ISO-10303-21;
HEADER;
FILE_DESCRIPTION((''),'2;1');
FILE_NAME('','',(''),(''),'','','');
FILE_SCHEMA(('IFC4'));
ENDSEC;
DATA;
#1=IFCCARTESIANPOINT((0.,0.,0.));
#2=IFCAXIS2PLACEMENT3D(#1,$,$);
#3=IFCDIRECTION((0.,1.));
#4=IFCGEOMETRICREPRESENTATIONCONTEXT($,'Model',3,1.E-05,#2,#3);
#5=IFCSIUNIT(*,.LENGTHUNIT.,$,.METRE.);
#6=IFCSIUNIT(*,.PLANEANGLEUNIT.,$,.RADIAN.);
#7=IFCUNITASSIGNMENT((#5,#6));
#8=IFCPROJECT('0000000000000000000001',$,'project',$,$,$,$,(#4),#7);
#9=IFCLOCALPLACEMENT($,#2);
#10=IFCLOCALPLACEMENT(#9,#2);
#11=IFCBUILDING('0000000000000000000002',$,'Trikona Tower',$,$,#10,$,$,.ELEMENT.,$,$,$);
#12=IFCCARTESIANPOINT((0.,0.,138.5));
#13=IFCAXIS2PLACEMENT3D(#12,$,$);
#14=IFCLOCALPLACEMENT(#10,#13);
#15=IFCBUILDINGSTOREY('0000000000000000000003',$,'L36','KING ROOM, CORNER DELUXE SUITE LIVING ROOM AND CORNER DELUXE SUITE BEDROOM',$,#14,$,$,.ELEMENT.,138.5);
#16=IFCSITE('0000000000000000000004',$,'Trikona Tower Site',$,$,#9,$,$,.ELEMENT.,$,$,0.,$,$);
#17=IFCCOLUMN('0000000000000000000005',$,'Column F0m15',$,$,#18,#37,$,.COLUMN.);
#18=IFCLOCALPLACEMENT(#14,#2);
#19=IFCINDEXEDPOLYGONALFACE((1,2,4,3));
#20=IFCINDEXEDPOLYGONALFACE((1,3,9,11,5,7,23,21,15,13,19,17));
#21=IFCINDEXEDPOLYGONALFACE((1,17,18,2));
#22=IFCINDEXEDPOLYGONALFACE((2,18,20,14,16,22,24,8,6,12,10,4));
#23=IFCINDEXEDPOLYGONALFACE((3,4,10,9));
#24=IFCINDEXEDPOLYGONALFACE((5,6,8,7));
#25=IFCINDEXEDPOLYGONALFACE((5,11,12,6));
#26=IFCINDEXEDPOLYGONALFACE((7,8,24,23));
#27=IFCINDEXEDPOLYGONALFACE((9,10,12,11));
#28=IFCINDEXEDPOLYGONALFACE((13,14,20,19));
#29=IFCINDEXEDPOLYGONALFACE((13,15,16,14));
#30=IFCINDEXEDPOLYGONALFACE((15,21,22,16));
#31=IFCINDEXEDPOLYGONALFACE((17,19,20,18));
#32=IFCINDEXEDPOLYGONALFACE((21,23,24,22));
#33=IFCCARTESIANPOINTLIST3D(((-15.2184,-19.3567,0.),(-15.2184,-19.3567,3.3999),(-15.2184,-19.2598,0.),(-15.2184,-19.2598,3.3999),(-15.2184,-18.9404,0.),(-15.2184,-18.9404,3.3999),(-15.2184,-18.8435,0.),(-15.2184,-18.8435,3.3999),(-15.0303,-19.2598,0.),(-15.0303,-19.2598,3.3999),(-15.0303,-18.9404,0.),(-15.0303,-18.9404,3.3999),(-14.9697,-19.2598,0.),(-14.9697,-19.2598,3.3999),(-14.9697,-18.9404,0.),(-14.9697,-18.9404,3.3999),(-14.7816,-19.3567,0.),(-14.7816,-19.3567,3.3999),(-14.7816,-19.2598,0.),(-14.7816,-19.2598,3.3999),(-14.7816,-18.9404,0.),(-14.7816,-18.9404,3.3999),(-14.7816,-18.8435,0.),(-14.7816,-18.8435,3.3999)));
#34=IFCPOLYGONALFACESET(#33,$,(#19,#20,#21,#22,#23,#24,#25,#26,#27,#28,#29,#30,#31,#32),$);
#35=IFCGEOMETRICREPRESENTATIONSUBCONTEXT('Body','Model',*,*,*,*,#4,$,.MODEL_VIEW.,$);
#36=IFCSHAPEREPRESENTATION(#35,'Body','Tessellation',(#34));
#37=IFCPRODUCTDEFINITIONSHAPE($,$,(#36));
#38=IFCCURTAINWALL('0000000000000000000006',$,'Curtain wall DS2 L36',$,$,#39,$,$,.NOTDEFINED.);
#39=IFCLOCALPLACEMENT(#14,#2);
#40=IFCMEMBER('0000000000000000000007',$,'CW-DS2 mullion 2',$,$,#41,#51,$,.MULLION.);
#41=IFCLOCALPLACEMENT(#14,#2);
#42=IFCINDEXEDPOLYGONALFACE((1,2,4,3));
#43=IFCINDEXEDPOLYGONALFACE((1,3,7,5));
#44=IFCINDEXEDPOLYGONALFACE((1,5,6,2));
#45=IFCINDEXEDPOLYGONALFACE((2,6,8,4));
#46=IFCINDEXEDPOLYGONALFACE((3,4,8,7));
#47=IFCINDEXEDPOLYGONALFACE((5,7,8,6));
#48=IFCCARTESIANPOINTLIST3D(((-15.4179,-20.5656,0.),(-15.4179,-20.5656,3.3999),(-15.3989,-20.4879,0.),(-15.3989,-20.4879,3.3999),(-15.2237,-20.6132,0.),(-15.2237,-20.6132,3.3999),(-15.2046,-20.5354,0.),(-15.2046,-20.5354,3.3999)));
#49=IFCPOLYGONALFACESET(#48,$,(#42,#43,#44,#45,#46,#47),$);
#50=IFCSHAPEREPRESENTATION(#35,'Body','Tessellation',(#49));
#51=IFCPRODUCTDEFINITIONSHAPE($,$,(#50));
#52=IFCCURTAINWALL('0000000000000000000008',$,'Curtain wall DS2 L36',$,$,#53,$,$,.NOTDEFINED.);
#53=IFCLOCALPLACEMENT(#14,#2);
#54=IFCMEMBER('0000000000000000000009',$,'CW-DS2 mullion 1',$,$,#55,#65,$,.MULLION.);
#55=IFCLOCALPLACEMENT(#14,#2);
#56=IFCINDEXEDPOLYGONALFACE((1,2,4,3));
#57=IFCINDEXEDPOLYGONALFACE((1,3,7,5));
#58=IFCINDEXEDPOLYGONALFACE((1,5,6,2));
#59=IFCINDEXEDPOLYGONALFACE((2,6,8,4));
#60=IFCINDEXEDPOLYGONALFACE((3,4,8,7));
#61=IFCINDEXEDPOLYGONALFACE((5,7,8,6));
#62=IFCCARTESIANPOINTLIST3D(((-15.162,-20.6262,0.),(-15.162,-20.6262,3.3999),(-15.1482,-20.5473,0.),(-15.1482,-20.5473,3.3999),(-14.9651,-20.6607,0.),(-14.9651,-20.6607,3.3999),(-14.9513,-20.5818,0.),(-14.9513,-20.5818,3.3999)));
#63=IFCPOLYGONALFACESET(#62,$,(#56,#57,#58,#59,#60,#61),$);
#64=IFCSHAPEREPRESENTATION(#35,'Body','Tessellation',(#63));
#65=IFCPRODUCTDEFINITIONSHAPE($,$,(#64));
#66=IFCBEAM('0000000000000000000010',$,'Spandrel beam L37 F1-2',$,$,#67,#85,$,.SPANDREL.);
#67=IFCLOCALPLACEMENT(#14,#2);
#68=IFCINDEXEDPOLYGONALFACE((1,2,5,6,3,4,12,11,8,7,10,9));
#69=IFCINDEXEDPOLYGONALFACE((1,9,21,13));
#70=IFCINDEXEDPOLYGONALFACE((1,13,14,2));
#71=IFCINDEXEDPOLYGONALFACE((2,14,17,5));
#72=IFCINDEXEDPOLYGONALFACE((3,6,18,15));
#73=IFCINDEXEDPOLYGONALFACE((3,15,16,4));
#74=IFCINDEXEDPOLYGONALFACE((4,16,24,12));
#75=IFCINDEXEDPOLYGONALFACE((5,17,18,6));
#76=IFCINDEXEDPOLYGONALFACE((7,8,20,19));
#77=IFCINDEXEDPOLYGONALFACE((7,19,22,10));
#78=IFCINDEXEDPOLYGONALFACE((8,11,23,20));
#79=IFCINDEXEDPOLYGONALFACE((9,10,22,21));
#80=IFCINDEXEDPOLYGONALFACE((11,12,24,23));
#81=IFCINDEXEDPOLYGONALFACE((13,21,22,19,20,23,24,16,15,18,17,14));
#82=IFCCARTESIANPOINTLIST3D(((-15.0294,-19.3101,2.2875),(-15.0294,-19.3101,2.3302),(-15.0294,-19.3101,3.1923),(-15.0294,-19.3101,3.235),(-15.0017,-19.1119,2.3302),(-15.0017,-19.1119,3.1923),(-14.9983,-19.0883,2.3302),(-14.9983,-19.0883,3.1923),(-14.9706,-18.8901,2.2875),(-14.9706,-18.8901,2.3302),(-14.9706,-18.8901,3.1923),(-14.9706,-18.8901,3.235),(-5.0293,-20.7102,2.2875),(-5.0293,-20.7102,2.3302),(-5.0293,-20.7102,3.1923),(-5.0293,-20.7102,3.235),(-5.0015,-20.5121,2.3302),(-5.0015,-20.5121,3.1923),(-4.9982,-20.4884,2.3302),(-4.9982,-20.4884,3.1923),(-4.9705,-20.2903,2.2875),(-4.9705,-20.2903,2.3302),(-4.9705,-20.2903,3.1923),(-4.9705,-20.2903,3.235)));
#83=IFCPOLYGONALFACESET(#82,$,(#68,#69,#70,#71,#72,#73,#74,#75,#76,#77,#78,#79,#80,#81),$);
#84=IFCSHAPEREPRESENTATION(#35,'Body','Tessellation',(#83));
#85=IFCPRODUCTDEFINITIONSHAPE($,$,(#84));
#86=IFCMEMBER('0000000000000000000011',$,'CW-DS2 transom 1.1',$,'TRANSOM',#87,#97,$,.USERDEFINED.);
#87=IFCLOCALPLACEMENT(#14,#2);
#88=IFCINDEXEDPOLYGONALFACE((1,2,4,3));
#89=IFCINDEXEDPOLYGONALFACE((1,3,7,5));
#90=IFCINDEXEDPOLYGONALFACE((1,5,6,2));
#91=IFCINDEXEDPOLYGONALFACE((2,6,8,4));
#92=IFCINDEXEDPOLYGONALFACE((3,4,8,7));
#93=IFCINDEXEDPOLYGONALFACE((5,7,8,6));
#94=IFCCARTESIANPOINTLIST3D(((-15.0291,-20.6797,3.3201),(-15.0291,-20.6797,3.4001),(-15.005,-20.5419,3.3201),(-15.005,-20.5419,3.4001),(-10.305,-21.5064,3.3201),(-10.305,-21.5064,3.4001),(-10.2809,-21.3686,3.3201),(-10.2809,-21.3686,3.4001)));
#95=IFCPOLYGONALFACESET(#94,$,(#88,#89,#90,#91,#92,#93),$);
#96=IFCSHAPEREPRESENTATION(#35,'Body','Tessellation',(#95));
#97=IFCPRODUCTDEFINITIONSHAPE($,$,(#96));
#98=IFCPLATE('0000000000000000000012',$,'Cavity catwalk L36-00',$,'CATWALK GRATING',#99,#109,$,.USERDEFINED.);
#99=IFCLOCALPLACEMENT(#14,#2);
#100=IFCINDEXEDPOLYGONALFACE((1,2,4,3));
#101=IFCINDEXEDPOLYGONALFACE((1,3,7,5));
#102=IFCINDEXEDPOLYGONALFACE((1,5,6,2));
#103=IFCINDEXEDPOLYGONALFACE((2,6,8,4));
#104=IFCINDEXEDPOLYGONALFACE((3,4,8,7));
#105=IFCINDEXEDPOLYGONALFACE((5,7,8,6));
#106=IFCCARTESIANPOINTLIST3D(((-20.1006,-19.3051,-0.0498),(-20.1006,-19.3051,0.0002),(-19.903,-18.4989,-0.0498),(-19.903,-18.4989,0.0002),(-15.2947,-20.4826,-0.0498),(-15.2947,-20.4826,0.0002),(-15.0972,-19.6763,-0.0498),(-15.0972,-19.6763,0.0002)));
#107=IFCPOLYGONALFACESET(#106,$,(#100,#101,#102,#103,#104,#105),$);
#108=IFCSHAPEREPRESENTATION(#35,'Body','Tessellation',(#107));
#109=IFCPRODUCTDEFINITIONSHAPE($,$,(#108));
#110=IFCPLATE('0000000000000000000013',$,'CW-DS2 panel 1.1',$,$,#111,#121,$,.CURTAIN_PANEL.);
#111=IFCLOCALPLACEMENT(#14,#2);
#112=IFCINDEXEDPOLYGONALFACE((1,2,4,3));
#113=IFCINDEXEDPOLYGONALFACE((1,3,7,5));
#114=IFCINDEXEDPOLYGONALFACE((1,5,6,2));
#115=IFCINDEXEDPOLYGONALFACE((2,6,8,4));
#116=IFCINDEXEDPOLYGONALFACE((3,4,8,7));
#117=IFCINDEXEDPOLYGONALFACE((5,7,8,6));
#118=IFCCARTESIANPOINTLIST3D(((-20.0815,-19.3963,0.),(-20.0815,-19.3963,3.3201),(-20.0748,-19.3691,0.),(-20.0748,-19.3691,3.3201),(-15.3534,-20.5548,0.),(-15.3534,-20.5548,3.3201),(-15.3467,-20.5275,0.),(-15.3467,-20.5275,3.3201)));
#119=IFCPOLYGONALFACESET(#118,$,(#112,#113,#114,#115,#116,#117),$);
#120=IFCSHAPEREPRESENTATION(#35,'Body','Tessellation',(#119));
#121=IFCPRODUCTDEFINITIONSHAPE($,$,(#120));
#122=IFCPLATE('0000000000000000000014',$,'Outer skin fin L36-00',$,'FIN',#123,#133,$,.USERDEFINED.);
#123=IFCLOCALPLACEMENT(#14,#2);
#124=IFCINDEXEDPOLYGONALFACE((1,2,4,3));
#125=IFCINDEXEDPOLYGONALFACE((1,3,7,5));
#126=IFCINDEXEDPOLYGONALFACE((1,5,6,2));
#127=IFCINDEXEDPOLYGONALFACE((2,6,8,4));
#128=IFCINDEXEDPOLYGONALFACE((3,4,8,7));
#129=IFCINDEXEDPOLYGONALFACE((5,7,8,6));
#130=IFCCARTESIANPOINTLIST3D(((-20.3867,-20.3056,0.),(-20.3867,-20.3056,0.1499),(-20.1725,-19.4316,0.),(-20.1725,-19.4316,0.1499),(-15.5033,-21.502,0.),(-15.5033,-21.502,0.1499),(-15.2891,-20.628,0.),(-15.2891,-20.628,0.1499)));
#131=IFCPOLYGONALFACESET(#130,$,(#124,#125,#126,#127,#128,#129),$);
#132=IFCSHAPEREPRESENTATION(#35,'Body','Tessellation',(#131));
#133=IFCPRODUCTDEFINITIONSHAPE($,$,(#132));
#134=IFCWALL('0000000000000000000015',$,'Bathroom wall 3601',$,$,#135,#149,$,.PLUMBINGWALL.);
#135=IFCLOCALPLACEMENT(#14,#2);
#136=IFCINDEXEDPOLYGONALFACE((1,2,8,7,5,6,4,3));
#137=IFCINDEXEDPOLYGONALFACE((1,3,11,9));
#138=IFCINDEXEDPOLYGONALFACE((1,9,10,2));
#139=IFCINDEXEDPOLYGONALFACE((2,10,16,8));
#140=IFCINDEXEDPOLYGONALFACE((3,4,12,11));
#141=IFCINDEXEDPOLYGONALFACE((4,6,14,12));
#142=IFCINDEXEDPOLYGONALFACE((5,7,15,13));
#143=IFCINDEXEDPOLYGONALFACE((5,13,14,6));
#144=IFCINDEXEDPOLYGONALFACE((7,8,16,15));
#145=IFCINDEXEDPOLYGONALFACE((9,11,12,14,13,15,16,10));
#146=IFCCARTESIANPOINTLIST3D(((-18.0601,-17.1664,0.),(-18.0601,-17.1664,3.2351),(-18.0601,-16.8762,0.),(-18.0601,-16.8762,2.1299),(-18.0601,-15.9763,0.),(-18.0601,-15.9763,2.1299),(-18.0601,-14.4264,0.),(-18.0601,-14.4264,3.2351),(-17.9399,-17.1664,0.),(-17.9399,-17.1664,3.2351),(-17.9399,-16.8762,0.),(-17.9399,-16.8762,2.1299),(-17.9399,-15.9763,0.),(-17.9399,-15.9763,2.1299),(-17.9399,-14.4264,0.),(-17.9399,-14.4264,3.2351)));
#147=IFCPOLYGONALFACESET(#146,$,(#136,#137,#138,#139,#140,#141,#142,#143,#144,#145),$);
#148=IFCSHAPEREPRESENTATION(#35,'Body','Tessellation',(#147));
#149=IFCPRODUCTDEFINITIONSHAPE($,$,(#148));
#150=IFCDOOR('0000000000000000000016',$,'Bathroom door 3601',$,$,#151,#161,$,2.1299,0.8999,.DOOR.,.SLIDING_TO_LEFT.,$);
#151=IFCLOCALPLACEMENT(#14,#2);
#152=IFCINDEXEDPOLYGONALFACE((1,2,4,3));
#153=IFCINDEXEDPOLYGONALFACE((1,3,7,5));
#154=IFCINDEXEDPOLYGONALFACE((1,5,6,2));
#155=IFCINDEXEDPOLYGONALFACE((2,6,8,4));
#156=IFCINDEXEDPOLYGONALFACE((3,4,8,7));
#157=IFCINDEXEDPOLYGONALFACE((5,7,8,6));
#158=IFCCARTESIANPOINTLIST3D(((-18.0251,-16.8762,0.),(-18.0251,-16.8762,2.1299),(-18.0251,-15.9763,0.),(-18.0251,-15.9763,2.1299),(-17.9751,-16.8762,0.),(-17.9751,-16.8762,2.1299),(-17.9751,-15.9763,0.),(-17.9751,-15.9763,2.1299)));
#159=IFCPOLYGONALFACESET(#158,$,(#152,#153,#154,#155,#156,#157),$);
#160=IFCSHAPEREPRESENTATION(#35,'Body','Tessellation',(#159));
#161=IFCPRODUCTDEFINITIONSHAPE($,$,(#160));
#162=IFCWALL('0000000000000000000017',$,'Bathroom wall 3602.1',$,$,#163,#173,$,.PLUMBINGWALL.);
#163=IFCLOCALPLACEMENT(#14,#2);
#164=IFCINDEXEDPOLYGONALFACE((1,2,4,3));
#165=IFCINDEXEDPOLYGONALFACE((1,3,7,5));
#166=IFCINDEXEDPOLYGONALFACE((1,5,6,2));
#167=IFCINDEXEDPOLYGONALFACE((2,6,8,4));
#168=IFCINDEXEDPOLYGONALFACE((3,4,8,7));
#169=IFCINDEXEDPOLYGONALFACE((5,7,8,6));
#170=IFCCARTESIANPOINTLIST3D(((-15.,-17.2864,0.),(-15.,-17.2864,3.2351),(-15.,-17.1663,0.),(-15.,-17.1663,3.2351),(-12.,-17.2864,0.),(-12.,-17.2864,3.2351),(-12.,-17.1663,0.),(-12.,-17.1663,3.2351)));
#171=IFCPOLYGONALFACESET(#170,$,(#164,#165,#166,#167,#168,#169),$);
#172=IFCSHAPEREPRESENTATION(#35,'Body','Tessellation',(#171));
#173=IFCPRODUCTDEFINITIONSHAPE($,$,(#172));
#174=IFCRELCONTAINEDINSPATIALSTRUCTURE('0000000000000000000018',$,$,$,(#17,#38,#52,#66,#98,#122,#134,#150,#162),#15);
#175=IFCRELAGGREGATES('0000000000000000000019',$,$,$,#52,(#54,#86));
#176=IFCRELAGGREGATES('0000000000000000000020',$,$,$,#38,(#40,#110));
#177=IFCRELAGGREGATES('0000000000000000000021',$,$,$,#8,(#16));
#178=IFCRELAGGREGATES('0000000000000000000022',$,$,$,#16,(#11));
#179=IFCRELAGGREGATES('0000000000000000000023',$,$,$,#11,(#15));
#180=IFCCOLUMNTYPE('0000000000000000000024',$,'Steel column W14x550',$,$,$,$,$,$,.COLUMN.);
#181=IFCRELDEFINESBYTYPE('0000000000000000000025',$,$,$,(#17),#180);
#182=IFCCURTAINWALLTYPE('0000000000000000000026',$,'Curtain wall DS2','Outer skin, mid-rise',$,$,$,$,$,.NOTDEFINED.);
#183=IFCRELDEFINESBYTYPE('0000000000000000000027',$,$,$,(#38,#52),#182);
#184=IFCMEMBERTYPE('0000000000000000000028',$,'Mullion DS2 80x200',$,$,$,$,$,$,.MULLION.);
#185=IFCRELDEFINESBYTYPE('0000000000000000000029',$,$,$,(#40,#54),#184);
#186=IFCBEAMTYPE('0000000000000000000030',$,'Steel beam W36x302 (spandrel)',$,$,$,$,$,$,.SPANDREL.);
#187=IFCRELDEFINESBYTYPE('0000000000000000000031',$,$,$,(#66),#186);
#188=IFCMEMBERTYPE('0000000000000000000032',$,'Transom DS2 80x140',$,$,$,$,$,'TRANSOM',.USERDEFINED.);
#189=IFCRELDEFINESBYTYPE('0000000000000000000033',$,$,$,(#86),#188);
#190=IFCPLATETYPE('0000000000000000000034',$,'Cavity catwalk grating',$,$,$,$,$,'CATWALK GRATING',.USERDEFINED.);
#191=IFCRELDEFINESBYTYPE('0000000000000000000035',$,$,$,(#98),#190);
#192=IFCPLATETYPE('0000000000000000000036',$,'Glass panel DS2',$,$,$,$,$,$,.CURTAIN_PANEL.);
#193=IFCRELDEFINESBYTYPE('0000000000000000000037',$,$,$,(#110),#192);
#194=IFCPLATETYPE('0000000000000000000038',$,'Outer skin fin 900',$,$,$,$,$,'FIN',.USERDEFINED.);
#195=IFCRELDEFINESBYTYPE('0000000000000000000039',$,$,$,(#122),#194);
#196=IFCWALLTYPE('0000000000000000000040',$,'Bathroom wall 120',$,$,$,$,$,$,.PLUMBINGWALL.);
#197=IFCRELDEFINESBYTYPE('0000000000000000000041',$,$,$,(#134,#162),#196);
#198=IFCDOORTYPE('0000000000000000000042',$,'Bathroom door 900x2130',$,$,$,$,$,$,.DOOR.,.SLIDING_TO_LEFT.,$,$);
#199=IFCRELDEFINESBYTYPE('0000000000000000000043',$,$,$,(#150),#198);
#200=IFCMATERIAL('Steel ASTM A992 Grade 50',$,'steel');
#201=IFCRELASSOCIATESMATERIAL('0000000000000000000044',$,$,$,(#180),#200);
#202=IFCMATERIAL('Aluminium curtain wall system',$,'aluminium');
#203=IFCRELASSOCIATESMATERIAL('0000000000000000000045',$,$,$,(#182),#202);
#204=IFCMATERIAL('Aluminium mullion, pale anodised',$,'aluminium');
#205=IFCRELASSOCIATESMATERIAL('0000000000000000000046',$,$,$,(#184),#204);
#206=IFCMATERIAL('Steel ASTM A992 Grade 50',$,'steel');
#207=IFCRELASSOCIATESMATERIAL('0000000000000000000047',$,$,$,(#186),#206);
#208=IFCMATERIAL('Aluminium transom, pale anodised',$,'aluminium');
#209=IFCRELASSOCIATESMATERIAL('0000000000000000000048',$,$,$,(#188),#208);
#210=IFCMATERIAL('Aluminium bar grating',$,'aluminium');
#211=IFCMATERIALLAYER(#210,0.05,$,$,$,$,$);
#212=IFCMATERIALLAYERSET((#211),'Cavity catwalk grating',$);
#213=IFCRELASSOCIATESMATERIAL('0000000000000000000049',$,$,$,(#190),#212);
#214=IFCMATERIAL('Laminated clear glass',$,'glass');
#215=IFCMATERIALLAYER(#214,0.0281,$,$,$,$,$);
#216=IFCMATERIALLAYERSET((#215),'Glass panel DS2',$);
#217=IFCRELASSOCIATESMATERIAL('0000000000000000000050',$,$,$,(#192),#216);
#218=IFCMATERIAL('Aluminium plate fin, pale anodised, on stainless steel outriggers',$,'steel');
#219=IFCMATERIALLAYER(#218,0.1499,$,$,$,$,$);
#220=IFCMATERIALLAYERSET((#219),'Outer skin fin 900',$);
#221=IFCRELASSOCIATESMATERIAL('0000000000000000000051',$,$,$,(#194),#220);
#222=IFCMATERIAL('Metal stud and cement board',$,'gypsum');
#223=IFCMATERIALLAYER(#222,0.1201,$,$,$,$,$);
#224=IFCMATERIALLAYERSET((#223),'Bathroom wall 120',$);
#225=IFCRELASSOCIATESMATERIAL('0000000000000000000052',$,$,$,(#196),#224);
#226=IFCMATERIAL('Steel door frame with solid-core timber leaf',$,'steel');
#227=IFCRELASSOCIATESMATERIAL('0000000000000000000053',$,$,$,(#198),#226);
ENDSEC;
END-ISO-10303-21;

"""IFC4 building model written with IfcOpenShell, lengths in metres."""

from ifc_helpers import new_model, si_unit, direction, frame, frame_2d, origin, origin_2d, place, context, subcontext, project, spatial, rectangle, i_section, extrude, material, layer, layer_set, material_profile, profile_set, type_object, element, fill, aggregate, save


model = new_model("IFC4")

# Units and contexts
model_context = context("Model", 3, precision=1e-05, world=origin(), true_north=direction((0.0, 1.0)))
body_context = subcontext(model_context, "Body", "Model", "MODEL_VIEW")
ifc_project = project(units=[si_unit("LENGTHUNIT", "METRE"), si_unit("PLANEANGLEUNIT", "RADIAN")], contexts=[model_context])

# Site, building, storey
site_placement = place(None, origin())
site = spatial("IfcSite", under=ifc_project, at=site_placement, Name="Trikona Tower Site", CompositionType="ELEMENT", RefElevation=0.0)
building_placement = place(site_placement, origin())
building = spatial("IfcBuilding", under=site, at=building_placement, Name="Trikona Tower", CompositionType="ELEMENT")
storey_placement = place(building_placement, frame((0.0, 0.0, 138.5)))
storey = spatial("IfcBuildingStorey", under=building, at=storey_placement, Name="L36", Description="KING ROOM, CORNER DELUXE SUITE LIVING ROOM AND CORNER DELUXE SUITE BEDROOM", CompositionType="ELEMENT", Elevation=138.5)

# Column
ifc_material_1 = material(Name="Steel ASTM A992 Grade 50", Category="steel")
ifc_material_profile_1 = material_profile(ifc_material_1, i_section(OverallWidth=0.4368, OverallDepth=0.5132, WebThickness=0.0605, FlangeThickness=0.0969, at=origin_2d()), Name="W14X550")
ifc_profile_set_1 = profile_set([ifc_material_profile_1], Name="Steel ASTM A992 Grade 50")
column_type = type_object("IfcColumnType", Name="Steel column W14x550", PredefinedType="COLUMN", material=ifc_profile_set_1)
column_placement = place(storey_placement, frame((-15.0, -19.1001, 0.0), z_axis=(0.0, 0.0, 1.0), x_axis=(1.0, 0.0, 0.0)))
element("IfcColumn", 1, at=column_placement, inside=storey, type_object=column_type, Name="Column F0m15", PredefinedType="COLUMN", context=body_context, shape_type="SweptSolid", body=[
    extrude(i_section(OverallWidth=0.4368, OverallDepth=0.5132, WebThickness=0.0605, FlangeThickness=0.0969, at=origin_2d()), origin(), (0.0, 0.0, 1.0), 3.3999),
])

# Curtain walls, members
ifc_material_2 = material(Name="Aluminium curtain wall system", Category="aluminium")
curtain_wall_type = type_object("IfcCurtainWallType", Name="Curtain wall DS2", Description="Outer skin, mid-rise", PredefinedType="NOTDEFINED", material=ifc_material_2)
curtain_wall_1_placement = place(storey_placement, origin())
curtain_wall_1 = element("IfcCurtainWall", 2, at=curtain_wall_1_placement, inside=storey, type_object=curtain_wall_type, Name="Curtain wall DS2 L36", PredefinedType="NOTDEFINED")
ifc_material_3 = material(Name="Aluminium mullion, pale anodised", Category="aluminium")
ifc_material_profile_2 = material_profile(ifc_material_3, rectangle(XDim=0.0801, YDim=0.2, at=origin_2d()), Name="MUL-DS2")
ifc_profile_set_2 = profile_set([ifc_material_profile_2], Name="Aluminium mullion, pale anodised")
member_type_1 = type_object("IfcMemberType", Name="Mullion DS2 80x200", PredefinedType="MULLION", material=ifc_profile_set_2)
member_1_placement = place(storey_placement, frame((-15.3113, -20.5505, 0.0), z_axis=(0.0, 0.0, 1.0), x_axis=(0.23797, 0.971272, 0.0)))
member_1 = element("IfcMember", 3, at=member_1_placement, type_object=member_type_1, Name="CW-DS2 mullion 2", PredefinedType="MULLION", context=body_context, shape_type="SweptSolid", body=[
    extrude(rectangle(XDim=0.0801, YDim=0.2, at=origin_2d()), origin(), (0.0, 0.0, 1.0), 3.3999),
])
curtain_wall_2_placement = place(storey_placement, origin())
curtain_wall_2 = element("IfcCurtainWall", 4, at=curtain_wall_2_placement, inside=storey, type_object=curtain_wall_type, Name="Curtain wall DS2 L36", PredefinedType="NOTDEFINED")
member_2_placement = place(storey_placement, frame((-15.0566, -20.604, 0.0), z_axis=(0.0, 0.0, 1.0), x_axis=(0.172377, 0.985031, 0.0)))
member_2 = element("IfcMember", 5, at=member_2_placement, type_object=member_type_1, Name="CW-DS2 mullion 1", PredefinedType="MULLION", context=body_context, shape_type="SweptSolid", body=[
    extrude(rectangle(XDim=0.0801, YDim=0.2, at=origin_2d()), origin(), (0.0, 0.0, 1.0), 3.3999),
])

# Beam
ifc_material_4 = material(Name="Steel ASTM A992 Grade 50", Category="steel")
ifc_material_profile_3 = material_profile(ifc_material_4, i_section(OverallWidth=0.4241, OverallDepth=0.9475, WebThickness=0.0239, FlangeThickness=0.0427, at=origin_2d()), Name="W36X302")
ifc_profile_set_3 = profile_set([ifc_material_profile_3], Name="Steel ASTM A992 Grade 50")
beam_type = type_object("IfcBeamType", Name="Steel beam W36x302 (spandrel)", PredefinedType="SPANDREL", material=ifc_profile_set_3)
beam_placement = place(storey_placement, frame((-15.0, -19.1001, 2.7612), z_axis=(0.99034, -0.138662, 0.0), x_axis=(0.138662, 0.99034, 0.0)))
element("IfcBeam", 6, at=beam_placement, inside=storey, type_object=beam_type, Name="Spandrel beam L37 F1-2", PredefinedType="SPANDREL", context=body_context, shape_type="SweptSolid", body=[
    extrude(i_section(OverallWidth=0.4241, OverallDepth=0.9475, WebThickness=0.0239, FlangeThickness=0.0427, at=origin_2d()), origin(), (0.0, 0.0, 1.0), 10.0977),
])

# Member
ifc_material_5 = material(Name="Aluminium transom, pale anodised", Category="aluminium")
ifc_material_profile_4 = material_profile(ifc_material_5, rectangle(XDim=0.1399, YDim=0.0801, at=origin_2d()), Name="TRN-DS2")
ifc_profile_set_4 = profile_set([ifc_material_profile_4], Name="Aluminium transom, pale anodised")
member_type_2 = type_object("IfcMemberType", Name="Transom DS2 80x140", ElementType="TRANSOM", PredefinedType="USERDEFINED", material=ifc_profile_set_4)
member_3_placement = place(storey_placement, frame((-15.0171, -20.6108, 3.3601), z_axis=(0.985033, -0.172368, 0.0), x_axis=(0.172368, 0.985033, 0.0)))
member_3 = element("IfcMember", 7, at=member_3_placement, type_object=member_type_2, Name="CW-DS2 transom 1.1", ObjectType="TRANSOM", PredefinedType="USERDEFINED", context=body_context, shape_type="SweptSolid", body=[
    extrude(rectangle(XDim=0.1399, YDim=0.0801, at=origin_2d()), origin(), (0.0, 0.0, 1.0), 4.7959),
])
aggregate(curtain_wall_2, [member_2, member_3])

# Plates
ifc_material_6 = material(Name="Aluminium bar grating", Category="aluminium")
ifc_layer_1 = layer(ifc_material_6, 0.05)
ifc_layer_set_1 = layer_set([ifc_layer_1], Name="Cavity catwalk grating")
plate_type_1 = type_object("IfcPlateType", Name="Cavity catwalk grating", ElementType="CATWALK GRATING", PredefinedType="USERDEFINED", material=ifc_layer_set_1)
plate_1_placement = place(storey_placement, frame((-17.5989, -19.4907, -0.0498), z_axis=(0.0, 0.0, 1.0), x_axis=(0.971274, -0.237962, 0.0)))
element("IfcPlate", 8, at=plate_1_placement, inside=storey, type_object=plate_type_1, Name="Cavity catwalk L36-00", ObjectType="CATWALK GRATING", PredefinedType="USERDEFINED", context=body_context, shape_type="SweptSolid", body=[
    extrude(rectangle(XDim=4.948, YDim=0.8301, at=origin_2d()), origin(), (0.0, 0.0, 1.0), 0.05),
])
ifc_material_7 = material(Name="Laminated clear glass", Category="glass")
ifc_layer_2 = layer(ifc_material_7, 0.0281)
ifc_layer_set_2 = layer_set([ifc_layer_2], Name="Glass panel DS2")
plate_type_2 = type_object("IfcPlateType", Name="Glass panel DS2", PredefinedType="CURTAIN_PANEL", material=ifc_layer_set_2)
plate_2_placement = place(storey_placement, frame((-17.7141, -19.9619, 0.0), z_axis=(0.0, 0.0, 1.0), x_axis=(0.971272, -0.23797, 0.0)))
plate_2 = element("IfcPlate", 9, at=plate_2_placement, type_object=plate_type_2, Name="CW-DS2 panel 1.1", PredefinedType="CURTAIN_PANEL", context=body_context, shape_type="SweptSolid", body=[
    extrude(rectangle(XDim=4.8679, YDim=0.0281, at=origin_2d()), origin(), (0.0, 0.0, 1.0), 3.3201),
])
aggregate(curtain_wall_1, [member_1, plate_2])
ifc_material_8 = material(Name="Aluminium plate fin, pale anodised, on stainless steel outriggers", Category="steel")
ifc_layer_3 = layer(ifc_material_8, 0.1499)
ifc_layer_set_3 = layer_set([ifc_layer_3], Name="Outer skin fin 900")
plate_type_3 = type_object("IfcPlateType", Name="Outer skin fin 900", ElementType="FIN", PredefinedType="USERDEFINED", material=ifc_layer_set_3)
plate_3_placement = place(storey_placement, frame((-17.8379, -20.4668, 0.0), z_axis=(0.0, 0.0, 1.0), x_axis=(0.971274, -0.237962, 0.0)))
element("IfcPlate", 10, at=plate_3_placement, inside=storey, type_object=plate_type_3, Name="Outer skin fin L36-00", ObjectType="FIN", PredefinedType="USERDEFINED", context=body_context, shape_type="SweptSolid", body=[
    extrude(rectangle(XDim=5.0278, YDim=0.8999, at=origin_2d()), origin(), (0.0, 0.0, 1.0), 0.1499),
])

# Wall, opening, door
ifc_material_9 = material(Name="Metal stud and cement board", Category="gypsum")
ifc_layer_4 = layer(ifc_material_9, 0.1201)
ifc_layer_set_4 = layer_set([ifc_layer_4], Name="Bathroom wall 120")
wall_type_1 = type_object("IfcWallType", Name="Bathroom wall 120", PredefinedType="PLUMBINGWALL", material=ifc_layer_set_4)
wall_1_placement = place(storey_placement, frame((-18.0, -14.4263, 0.0), z_axis=(0.0, 0.0, 1.0), x_axis=(0.0, -1.0, 0.0)))
wall_1 = element("IfcWall", 11, at=wall_1_placement, inside=storey, type_object=wall_type_1, Name="Bathroom wall 3601", PredefinedType="PLUMBINGWALL", context=body_context, shape_type="SweptSolid", body=[
    extrude(rectangle(XDim=2.74, YDim=0.1201, at=frame_2d((1.3701, 0.0))), origin(), (0.0, 0.0, 1.0), 3.2351),
])
opening_placement = place(wall_1_placement, frame((1.55, 0.0, 0.0)))
opening = element("IfcOpeningElement", 12, at=opening_placement, cuts=wall_1, PredefinedType="OPENING", context=body_context, shape_type="SweptSolid", body=[
    extrude(rectangle(XDim=0.8999, YDim=2.1299, at=frame_2d((0.45, 1.0649))), frame((0.0, 0.0701, 0.0), z_axis=(0.0, -1.0, 0.0), x_axis=(1.0, 0.0, 0.0)), (0.0, 0.0, 1.0), 0.1401),
])
ifc_material_10 = material(Name="Steel door frame with solid-core timber leaf", Category="steel")
door_type = type_object("IfcDoorType", Name="Bathroom door 900x2130", OperationType="SLIDING_TO_LEFT", PredefinedType="DOOR", material=ifc_material_10)
door_placement = place(opening_placement, origin())
door = element("IfcDoor", 13, at=door_placement, inside=storey, type_object=door_type, Name="Bathroom door 3601", OperationType="SLIDING_TO_LEFT", OverallHeight=2.1299, OverallWidth=0.8999, PredefinedType="DOOR", context=body_context, shape_type="SweptSolid", body=[
    extrude(rectangle(XDim=0.8999, YDim=2.1299, at=frame_2d((0.45, 1.0649))), frame((0.0, 0.0249, 0.0), z_axis=(0.0, -1.0, 0.0), x_axis=(1.0, 0.0, 0.0)), (0.0, 0.0, 1.0), 0.05),
])
fill(opening, door)

# Wall
wall_2_placement = place(storey_placement, frame((-15.0, -17.2263, 0.0), z_axis=(0.0, 0.0, 1.0), x_axis=(1.0, 0.0, 0.0)))
element("IfcWall", 14, at=wall_2_placement, inside=storey, type_object=wall_type_1, Name="Bathroom wall 3602.1", PredefinedType="PLUMBINGWALL", context=body_context, shape_type="SweptSolid", body=[
    extrude(rectangle(XDim=3.0, YDim=0.1201, at=frame_2d((1.5, 0.0))), origin(), (0.0, 0.0, 1.0), 3.2351),
])

save(model, "model.ifc")
